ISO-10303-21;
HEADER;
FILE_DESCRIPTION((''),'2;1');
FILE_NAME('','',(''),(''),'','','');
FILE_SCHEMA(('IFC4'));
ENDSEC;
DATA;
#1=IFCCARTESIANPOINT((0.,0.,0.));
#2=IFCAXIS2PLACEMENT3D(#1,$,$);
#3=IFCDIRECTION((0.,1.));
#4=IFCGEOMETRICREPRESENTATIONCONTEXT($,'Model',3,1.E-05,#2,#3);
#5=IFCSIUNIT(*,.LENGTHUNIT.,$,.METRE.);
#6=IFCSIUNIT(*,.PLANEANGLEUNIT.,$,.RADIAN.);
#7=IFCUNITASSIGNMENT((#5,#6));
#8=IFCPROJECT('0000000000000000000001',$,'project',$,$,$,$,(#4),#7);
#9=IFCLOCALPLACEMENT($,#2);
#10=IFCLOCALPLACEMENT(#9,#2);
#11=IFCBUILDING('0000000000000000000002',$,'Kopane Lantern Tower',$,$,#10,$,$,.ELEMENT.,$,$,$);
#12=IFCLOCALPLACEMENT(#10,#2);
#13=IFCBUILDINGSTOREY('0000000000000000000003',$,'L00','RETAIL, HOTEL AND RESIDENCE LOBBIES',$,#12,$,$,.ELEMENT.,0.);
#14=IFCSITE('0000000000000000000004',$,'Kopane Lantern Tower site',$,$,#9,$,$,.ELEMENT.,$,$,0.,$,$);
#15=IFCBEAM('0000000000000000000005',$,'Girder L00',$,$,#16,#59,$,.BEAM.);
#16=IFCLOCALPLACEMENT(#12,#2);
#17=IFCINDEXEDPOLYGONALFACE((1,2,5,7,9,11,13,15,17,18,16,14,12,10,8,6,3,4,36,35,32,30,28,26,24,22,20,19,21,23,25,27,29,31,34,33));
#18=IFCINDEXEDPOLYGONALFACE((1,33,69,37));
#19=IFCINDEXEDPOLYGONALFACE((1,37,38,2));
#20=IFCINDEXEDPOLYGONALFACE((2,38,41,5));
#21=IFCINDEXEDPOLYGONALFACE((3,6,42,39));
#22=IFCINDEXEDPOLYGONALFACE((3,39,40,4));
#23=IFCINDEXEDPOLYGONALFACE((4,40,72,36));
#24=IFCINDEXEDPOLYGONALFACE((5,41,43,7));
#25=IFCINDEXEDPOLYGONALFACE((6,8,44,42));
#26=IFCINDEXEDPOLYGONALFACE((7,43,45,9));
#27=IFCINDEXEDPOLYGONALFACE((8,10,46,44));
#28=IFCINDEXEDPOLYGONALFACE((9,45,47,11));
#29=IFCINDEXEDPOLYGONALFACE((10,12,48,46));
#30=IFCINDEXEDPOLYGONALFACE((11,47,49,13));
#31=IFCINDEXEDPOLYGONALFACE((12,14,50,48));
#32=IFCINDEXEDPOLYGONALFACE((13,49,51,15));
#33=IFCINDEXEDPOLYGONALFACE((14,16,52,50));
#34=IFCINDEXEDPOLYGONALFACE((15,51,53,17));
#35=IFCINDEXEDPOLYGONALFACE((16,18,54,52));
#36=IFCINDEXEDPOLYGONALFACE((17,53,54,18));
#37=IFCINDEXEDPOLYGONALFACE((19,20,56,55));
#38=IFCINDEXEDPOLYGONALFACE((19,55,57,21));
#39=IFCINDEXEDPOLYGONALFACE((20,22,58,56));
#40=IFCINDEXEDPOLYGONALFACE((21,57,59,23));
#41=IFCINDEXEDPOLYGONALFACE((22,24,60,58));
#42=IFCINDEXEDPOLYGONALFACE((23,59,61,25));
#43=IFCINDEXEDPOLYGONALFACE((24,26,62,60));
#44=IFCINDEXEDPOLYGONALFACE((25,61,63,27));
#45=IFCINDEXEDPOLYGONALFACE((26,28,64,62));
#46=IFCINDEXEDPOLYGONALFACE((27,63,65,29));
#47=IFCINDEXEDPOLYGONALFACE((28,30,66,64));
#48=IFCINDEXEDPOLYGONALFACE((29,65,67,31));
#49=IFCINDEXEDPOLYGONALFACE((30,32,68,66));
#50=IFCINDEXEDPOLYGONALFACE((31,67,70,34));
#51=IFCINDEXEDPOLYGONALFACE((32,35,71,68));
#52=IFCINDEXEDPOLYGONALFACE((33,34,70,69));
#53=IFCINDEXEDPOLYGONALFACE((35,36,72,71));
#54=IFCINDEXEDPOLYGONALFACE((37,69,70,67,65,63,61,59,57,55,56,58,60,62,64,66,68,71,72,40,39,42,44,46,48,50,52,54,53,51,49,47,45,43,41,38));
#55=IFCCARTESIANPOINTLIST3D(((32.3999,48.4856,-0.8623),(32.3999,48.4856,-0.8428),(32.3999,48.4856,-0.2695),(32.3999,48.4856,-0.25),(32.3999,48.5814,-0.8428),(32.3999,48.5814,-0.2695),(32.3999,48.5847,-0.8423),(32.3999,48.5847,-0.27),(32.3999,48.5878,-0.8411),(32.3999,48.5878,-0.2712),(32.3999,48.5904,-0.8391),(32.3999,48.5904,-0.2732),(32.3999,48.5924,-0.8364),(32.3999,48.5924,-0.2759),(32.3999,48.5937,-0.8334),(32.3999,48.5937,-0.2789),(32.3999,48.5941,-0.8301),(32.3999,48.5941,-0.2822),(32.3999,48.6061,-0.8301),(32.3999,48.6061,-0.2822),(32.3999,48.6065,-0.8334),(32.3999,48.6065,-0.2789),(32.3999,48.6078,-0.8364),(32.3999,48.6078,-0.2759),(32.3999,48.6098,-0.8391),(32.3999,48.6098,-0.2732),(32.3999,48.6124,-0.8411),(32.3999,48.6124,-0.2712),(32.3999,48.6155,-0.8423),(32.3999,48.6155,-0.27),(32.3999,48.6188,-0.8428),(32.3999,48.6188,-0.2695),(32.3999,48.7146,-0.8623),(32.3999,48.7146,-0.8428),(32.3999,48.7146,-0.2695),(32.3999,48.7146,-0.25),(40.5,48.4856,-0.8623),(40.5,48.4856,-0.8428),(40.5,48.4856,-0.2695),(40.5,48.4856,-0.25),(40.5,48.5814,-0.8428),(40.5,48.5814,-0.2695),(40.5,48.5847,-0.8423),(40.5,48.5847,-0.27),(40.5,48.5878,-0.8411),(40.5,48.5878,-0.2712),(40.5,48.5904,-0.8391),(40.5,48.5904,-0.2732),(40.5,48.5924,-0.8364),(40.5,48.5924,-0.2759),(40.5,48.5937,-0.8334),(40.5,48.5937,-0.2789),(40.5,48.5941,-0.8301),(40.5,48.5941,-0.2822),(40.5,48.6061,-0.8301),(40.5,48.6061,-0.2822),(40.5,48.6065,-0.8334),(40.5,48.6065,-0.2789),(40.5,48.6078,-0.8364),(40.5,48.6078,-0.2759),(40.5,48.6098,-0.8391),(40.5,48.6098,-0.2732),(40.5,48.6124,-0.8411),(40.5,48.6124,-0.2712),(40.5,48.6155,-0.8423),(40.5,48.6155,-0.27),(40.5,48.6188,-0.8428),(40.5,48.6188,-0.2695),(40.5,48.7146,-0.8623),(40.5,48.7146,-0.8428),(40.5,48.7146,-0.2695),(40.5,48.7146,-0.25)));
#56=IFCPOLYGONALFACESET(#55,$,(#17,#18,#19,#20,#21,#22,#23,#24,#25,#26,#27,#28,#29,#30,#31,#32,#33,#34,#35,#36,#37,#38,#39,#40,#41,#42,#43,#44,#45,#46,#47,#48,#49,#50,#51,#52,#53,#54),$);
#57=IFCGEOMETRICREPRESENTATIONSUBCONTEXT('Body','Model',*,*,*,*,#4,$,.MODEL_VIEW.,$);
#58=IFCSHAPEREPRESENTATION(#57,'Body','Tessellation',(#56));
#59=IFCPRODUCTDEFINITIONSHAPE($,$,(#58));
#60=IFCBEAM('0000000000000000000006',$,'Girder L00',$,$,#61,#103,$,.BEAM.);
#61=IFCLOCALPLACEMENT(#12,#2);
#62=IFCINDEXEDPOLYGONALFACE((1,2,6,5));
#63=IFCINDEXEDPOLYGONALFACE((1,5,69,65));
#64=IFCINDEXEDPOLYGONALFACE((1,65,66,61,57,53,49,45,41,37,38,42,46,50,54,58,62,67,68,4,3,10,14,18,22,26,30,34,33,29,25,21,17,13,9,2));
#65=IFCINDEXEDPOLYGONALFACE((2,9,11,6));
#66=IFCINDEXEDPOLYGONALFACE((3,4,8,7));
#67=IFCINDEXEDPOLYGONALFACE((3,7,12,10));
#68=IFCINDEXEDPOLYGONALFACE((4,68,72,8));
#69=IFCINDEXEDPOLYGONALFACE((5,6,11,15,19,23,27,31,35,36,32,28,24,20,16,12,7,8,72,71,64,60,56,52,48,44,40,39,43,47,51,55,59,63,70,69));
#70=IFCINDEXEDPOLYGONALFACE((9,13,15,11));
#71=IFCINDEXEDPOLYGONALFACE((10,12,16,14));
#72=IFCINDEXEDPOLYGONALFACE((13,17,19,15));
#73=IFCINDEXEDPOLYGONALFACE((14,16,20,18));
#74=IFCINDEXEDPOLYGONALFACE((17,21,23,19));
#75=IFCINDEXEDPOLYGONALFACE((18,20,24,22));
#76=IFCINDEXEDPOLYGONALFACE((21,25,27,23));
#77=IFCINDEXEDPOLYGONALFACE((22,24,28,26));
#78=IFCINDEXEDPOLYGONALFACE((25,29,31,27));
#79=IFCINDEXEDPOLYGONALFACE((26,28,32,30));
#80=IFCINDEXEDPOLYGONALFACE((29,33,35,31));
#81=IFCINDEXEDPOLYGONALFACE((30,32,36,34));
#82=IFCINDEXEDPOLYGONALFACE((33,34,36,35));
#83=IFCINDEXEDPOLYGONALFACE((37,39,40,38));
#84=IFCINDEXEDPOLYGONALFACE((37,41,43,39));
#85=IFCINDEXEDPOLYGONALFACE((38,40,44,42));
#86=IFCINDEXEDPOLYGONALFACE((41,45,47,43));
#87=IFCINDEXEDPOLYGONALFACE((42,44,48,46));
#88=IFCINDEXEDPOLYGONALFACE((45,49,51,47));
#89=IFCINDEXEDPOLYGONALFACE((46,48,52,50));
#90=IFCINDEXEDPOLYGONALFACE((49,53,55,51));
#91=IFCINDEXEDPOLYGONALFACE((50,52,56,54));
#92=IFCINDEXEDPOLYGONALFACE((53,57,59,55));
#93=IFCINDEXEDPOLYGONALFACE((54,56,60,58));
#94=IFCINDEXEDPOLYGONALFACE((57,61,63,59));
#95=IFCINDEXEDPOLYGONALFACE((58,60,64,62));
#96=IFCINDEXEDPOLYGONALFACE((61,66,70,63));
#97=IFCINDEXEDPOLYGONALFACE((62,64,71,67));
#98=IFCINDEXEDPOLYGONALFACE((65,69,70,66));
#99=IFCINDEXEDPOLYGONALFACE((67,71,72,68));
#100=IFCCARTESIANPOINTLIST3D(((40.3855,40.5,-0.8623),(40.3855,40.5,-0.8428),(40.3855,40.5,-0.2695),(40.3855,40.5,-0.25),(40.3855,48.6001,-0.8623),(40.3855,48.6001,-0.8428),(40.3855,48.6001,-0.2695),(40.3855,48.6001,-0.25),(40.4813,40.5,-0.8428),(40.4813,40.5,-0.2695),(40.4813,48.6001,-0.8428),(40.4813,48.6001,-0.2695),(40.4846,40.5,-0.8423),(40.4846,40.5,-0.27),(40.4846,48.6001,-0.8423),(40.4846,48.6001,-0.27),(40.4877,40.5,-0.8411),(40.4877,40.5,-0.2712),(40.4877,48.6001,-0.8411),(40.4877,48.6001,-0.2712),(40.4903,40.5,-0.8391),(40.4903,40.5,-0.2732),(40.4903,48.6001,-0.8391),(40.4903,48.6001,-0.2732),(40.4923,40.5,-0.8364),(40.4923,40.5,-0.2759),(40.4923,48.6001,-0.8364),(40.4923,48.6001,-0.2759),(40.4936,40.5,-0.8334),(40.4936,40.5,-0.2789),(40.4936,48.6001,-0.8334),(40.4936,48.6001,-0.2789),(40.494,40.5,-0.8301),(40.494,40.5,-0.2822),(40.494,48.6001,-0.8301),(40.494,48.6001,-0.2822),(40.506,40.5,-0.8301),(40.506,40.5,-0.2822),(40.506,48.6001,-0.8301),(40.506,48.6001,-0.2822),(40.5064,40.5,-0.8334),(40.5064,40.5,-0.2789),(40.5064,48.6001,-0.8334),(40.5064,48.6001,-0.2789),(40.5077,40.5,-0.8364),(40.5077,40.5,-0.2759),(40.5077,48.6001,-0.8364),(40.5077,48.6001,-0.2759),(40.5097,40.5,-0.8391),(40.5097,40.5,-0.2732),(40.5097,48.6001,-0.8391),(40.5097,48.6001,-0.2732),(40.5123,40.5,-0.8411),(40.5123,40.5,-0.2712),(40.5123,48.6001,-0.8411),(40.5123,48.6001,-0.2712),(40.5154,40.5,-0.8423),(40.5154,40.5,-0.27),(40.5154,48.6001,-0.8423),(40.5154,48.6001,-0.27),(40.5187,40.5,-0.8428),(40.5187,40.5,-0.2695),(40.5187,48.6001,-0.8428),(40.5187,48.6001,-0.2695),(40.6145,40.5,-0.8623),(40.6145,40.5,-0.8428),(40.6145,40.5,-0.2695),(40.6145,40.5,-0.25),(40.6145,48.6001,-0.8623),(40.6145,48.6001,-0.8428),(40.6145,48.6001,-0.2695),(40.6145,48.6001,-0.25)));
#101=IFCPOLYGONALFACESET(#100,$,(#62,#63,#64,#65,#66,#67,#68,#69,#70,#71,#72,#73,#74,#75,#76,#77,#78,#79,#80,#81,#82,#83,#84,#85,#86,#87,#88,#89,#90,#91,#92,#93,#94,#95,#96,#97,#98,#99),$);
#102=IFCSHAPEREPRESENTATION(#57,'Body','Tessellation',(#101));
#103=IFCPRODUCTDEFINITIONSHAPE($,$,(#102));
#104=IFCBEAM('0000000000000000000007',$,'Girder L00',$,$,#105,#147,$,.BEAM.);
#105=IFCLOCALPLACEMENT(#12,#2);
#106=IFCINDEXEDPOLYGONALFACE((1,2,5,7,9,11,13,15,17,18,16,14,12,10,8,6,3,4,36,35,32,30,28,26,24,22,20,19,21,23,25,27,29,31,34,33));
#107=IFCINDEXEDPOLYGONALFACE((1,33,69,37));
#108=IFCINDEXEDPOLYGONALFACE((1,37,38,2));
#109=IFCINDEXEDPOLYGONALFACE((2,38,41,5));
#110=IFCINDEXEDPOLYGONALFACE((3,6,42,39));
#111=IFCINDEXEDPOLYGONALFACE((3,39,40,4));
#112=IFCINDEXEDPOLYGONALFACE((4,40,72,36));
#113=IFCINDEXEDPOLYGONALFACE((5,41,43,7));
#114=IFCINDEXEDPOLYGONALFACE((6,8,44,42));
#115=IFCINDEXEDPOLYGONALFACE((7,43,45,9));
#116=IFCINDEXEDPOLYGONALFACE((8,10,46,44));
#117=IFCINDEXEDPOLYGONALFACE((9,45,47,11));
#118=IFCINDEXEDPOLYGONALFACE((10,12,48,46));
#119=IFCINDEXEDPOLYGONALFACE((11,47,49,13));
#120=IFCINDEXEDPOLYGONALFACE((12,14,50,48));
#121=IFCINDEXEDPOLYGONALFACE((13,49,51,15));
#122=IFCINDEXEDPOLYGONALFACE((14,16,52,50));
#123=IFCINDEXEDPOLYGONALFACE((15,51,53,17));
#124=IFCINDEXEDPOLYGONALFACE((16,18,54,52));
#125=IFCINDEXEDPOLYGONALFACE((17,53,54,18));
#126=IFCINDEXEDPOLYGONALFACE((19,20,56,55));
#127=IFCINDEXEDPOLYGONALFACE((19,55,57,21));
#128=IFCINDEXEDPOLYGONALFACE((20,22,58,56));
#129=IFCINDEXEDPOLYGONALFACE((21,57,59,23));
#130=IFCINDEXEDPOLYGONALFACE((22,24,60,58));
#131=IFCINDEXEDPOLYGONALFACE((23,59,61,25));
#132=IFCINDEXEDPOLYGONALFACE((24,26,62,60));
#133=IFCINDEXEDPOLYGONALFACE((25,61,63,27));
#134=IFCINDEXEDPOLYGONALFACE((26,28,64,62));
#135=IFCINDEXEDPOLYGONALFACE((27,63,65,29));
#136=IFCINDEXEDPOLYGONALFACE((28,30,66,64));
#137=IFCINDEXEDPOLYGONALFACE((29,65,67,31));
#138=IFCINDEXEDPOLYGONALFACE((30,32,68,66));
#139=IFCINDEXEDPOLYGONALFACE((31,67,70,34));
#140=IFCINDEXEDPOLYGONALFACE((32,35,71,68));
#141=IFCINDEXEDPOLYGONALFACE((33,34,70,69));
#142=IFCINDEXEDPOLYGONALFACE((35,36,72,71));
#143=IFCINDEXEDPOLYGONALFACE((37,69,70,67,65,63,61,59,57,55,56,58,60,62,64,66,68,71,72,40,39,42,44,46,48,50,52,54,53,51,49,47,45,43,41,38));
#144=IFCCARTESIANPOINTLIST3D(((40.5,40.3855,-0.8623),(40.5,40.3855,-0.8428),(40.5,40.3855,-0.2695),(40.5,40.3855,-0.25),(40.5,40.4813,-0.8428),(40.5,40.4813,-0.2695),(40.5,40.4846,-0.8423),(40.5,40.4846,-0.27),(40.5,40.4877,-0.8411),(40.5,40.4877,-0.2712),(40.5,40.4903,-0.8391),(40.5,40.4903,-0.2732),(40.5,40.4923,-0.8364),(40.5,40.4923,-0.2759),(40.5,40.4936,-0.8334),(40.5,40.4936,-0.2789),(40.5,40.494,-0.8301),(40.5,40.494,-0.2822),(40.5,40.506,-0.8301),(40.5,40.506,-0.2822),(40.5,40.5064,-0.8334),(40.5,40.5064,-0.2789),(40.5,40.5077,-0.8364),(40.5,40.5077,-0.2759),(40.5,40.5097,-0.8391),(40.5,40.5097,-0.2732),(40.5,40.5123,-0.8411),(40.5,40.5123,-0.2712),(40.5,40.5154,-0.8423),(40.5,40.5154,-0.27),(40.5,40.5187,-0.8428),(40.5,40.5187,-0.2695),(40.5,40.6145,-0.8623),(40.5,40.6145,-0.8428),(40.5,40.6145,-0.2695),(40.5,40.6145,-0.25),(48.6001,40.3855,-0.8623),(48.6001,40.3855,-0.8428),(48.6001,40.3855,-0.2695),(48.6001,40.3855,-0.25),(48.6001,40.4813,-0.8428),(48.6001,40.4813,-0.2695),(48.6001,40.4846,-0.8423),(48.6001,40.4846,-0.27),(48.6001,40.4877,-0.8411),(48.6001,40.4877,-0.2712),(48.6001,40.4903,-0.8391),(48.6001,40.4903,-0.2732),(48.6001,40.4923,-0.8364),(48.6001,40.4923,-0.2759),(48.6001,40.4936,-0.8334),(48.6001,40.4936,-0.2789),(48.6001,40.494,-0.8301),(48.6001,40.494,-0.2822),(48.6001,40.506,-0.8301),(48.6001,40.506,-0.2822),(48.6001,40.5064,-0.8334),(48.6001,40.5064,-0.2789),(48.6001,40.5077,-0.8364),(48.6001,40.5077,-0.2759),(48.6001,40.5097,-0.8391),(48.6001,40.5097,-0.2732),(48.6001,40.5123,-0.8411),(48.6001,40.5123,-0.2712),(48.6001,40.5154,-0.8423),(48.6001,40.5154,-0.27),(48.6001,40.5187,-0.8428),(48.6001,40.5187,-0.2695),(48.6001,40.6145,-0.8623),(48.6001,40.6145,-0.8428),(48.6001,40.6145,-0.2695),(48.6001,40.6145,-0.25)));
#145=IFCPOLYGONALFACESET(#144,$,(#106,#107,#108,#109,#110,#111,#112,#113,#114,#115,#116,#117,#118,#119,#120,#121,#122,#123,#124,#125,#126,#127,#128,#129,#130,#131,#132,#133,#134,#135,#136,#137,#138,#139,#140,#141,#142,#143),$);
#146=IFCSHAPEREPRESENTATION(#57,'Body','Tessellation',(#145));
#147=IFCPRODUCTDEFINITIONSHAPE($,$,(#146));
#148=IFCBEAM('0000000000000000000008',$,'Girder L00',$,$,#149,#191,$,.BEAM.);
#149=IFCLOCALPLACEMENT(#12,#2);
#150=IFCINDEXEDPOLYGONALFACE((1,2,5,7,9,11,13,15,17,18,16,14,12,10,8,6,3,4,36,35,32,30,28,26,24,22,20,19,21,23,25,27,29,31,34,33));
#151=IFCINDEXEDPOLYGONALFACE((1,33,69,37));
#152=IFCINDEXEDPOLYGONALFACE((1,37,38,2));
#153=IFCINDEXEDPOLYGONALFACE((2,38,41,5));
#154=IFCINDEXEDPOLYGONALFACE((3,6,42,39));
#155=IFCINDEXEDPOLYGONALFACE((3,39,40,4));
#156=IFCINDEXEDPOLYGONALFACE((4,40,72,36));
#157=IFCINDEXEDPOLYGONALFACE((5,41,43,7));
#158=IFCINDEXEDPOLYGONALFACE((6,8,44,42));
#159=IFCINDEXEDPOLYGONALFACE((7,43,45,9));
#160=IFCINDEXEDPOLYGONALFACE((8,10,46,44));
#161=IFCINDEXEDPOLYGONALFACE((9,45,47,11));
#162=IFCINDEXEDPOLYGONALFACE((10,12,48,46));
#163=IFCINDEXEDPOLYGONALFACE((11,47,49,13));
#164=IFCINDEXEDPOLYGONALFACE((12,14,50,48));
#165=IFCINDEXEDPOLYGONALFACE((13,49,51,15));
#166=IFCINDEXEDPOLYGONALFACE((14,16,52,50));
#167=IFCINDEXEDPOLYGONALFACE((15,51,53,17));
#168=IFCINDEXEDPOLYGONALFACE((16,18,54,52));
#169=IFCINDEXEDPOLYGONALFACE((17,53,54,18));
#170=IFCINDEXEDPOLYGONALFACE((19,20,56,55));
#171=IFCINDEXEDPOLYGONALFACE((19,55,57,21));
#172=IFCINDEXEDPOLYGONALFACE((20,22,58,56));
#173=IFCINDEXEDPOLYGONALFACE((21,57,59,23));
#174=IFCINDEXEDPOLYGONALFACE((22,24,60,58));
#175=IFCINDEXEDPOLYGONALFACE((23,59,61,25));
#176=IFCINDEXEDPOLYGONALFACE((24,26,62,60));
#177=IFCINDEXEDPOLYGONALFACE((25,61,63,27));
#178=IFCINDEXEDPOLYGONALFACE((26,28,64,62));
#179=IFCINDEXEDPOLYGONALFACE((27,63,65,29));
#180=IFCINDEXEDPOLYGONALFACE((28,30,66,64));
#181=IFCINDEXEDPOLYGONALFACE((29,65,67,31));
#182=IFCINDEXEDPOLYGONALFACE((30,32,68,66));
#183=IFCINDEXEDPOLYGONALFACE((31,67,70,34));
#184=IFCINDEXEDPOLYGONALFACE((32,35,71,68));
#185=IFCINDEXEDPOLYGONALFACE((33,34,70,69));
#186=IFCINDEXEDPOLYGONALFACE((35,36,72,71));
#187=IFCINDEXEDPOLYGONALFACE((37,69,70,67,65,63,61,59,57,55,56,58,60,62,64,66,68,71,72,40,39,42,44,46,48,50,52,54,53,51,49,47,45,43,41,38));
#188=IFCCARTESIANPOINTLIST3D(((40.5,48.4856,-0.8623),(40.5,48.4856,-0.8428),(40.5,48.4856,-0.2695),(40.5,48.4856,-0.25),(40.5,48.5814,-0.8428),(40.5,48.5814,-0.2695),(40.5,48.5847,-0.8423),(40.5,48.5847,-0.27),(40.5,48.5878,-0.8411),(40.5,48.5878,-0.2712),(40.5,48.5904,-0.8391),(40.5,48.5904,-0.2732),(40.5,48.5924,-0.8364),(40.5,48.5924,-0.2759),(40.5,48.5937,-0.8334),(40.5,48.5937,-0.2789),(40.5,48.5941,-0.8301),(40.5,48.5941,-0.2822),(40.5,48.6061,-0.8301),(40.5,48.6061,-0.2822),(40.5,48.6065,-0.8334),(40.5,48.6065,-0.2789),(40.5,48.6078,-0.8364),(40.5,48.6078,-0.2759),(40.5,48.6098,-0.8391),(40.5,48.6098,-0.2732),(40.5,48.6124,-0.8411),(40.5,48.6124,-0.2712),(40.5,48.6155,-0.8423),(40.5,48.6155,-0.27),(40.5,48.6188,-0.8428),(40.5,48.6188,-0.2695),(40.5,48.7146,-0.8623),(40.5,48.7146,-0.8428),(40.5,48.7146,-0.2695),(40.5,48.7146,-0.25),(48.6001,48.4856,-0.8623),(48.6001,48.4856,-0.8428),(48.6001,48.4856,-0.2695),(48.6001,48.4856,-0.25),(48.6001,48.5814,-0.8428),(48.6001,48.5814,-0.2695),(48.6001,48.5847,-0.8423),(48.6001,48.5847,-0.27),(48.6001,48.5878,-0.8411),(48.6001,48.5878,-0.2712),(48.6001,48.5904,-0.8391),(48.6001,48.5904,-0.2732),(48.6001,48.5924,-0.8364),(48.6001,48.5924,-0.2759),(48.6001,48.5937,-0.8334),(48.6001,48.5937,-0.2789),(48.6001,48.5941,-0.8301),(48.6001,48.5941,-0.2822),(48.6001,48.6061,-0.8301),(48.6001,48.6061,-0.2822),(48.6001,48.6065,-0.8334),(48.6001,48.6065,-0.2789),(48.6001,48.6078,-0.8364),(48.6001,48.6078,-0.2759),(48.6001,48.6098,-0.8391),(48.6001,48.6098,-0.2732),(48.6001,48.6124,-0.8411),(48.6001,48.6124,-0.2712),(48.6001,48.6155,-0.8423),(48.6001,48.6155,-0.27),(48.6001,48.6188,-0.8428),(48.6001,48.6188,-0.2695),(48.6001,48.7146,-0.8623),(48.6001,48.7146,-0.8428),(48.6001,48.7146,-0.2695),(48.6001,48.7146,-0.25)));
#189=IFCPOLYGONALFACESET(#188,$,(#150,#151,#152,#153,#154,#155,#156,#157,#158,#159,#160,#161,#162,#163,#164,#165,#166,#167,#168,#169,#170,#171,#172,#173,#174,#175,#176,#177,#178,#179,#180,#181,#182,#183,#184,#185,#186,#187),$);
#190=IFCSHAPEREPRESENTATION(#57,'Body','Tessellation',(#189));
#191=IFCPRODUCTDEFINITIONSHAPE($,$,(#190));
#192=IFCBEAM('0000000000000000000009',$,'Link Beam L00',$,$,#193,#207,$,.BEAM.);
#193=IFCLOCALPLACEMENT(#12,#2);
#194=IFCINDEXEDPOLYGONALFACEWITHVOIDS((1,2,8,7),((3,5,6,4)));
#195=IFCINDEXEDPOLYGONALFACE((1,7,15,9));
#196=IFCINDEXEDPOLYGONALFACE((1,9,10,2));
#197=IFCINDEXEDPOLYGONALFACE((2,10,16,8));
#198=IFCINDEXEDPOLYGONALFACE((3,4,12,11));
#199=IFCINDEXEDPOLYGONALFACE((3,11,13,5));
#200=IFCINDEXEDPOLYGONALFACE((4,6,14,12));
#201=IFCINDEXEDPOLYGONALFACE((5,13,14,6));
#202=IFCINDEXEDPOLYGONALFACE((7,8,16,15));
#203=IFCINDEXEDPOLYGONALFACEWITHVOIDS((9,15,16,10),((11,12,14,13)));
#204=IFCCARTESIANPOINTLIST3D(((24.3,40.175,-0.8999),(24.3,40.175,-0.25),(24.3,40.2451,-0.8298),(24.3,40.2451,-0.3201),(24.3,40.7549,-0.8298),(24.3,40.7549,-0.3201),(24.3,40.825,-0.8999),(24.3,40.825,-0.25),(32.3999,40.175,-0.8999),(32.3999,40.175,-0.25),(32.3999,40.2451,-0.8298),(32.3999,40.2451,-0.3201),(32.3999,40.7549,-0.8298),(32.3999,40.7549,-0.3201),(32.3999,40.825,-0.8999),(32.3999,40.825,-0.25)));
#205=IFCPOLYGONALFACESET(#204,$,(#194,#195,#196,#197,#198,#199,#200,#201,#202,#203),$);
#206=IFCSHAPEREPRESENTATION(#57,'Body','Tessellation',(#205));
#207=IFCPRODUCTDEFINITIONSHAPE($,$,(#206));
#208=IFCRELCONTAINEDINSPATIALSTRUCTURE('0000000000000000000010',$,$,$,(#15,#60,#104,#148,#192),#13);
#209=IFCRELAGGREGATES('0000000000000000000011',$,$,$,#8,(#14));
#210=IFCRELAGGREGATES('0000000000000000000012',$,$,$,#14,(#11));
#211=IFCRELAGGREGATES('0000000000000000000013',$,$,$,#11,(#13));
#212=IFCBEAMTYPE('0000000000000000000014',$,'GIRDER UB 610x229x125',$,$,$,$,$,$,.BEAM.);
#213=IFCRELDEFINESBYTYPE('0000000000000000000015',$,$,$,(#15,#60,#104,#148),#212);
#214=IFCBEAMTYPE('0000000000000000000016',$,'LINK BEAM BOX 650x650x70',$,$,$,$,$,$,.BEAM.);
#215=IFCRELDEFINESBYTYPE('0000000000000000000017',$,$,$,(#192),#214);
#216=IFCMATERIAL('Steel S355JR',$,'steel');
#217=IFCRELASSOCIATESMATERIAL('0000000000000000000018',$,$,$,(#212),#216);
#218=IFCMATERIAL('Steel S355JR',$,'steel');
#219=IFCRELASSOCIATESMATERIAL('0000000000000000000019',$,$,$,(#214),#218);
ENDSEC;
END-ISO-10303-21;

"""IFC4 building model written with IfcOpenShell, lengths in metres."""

from ifc_helpers import new_model, si_unit, direction, frame, origin, origin_2d, place, context, subcontext, project, spatial, hollow_rectangle, i_section, extrude, material, material_profile, profile_set, type_object, element, save


model = new_model("IFC4")

# Units and contexts
model_context = context("Model", 3, precision=1e-05, world=origin(), true_north=direction((0.0, 1.0)))
body_context = subcontext(model_context, "Body", "Model", "MODEL_VIEW")
ifc_project = project(units=[si_unit("LENGTHUNIT", "METRE"), si_unit("PLANEANGLEUNIT", "RADIAN")], contexts=[model_context])

# Site, building, storey
site_placement = place(None, origin())
site = spatial("IfcSite", under=ifc_project, at=site_placement, Name="Kopane Lantern Tower site", CompositionType="ELEMENT", RefElevation=0.0)
building_placement = place(site_placement, origin())
building = spatial("IfcBuilding", under=site, at=building_placement, Name="Kopane Lantern Tower", CompositionType="ELEMENT")
storey_placement = place(building_placement, origin())
storey = spatial("IfcBuildingStorey", under=building, at=storey_placement, Name="L00", Description="RETAIL, HOTEL AND RESIDENCE LOBBIES", CompositionType="ELEMENT", Elevation=0.0)

# Beams
ifc_material_1 = material(Name="Steel S355JR", Category="steel")
ifc_material_profile_1 = material_profile(ifc_material_1, i_section(OverallWidth=0.229, OverallDepth=0.6123, WebThickness=0.012, FlangeThickness=0.0195, FilletRadius=0.0127, at=origin_2d()), Name="UB 610x229x125")
ifc_profile_set_1 = profile_set([ifc_material_profile_1], Name="Steel S355JR")
beam_type_1 = type_object("IfcBeamType", Name="GIRDER UB 610x229x125", PredefinedType="BEAM", material=ifc_profile_set_1)
for number, where, z_axis, x_axis, name in (
    (1, (32.3999, 48.6001, -0.5562), (1.0, 0.0, 0.0), (0.0, 1.0, 0.0), "Girder L00"),
    (2, (40.5, 40.5, -0.5562), (0.0, 1.0, 0.0), (-1.0, 0.0, 0.0), "Girder L00"),
    (3, (40.5, 40.5, -0.5562), (1.0, 0.0, 0.0), (0.0, 1.0, 0.0), "Girder L00"),
    (4, (40.5, 48.6001, -0.5562), (1.0, 0.0, 0.0), (0.0, 1.0, 0.0), "Girder L00"),
):
    element("IfcBeam", number, at=place(storey_placement, frame(where, z_axis=z_axis, x_axis=x_axis)), inside=storey, type_object=beam_type_1, Name=name, PredefinedType="BEAM", context=body_context, shape_type="SweptSolid", body=[
        extrude(i_section(OverallWidth=0.229, OverallDepth=0.6123, WebThickness=0.012, FlangeThickness=0.0195, FilletRadius=0.0127, at=origin_2d()), origin(), (0.0, 0.0, 1.0), 8.1001),
    ])
ifc_material_2 = material(Name="Steel S355JR", Category="steel")
ifc_material_profile_2 = material_profile(ifc_material_2, hollow_rectangle(XDim=0.6499, YDim=0.6499, WallThickness=0.0701, at=origin_2d()), Name="BOX 650x650x70")
ifc_profile_set_2 = profile_set([ifc_material_profile_2], Name="Steel S355JR")
beam_type_2 = type_object("IfcBeamType", Name="LINK BEAM BOX 650x650x70", PredefinedType="BEAM", material=ifc_profile_set_2)
beam_1_placement = place(storey_placement, frame((24.3, 40.5, -0.575), z_axis=(1.0, 0.0, 0.0), x_axis=(0.0, 1.0, 0.0)))
element("IfcBeam", 5, at=beam_1_placement, inside=storey, type_object=beam_type_2, Name="Link Beam L00", PredefinedType="BEAM", context=body_context, shape_type="SweptSolid", body=[
    extrude(hollow_rectangle(XDim=0.6499, YDim=0.6499, WallThickness=0.0701, at=origin_2d()), origin(), (0.0, 0.0, 1.0), 8.0999),
])

save(model, "model.ifc")
